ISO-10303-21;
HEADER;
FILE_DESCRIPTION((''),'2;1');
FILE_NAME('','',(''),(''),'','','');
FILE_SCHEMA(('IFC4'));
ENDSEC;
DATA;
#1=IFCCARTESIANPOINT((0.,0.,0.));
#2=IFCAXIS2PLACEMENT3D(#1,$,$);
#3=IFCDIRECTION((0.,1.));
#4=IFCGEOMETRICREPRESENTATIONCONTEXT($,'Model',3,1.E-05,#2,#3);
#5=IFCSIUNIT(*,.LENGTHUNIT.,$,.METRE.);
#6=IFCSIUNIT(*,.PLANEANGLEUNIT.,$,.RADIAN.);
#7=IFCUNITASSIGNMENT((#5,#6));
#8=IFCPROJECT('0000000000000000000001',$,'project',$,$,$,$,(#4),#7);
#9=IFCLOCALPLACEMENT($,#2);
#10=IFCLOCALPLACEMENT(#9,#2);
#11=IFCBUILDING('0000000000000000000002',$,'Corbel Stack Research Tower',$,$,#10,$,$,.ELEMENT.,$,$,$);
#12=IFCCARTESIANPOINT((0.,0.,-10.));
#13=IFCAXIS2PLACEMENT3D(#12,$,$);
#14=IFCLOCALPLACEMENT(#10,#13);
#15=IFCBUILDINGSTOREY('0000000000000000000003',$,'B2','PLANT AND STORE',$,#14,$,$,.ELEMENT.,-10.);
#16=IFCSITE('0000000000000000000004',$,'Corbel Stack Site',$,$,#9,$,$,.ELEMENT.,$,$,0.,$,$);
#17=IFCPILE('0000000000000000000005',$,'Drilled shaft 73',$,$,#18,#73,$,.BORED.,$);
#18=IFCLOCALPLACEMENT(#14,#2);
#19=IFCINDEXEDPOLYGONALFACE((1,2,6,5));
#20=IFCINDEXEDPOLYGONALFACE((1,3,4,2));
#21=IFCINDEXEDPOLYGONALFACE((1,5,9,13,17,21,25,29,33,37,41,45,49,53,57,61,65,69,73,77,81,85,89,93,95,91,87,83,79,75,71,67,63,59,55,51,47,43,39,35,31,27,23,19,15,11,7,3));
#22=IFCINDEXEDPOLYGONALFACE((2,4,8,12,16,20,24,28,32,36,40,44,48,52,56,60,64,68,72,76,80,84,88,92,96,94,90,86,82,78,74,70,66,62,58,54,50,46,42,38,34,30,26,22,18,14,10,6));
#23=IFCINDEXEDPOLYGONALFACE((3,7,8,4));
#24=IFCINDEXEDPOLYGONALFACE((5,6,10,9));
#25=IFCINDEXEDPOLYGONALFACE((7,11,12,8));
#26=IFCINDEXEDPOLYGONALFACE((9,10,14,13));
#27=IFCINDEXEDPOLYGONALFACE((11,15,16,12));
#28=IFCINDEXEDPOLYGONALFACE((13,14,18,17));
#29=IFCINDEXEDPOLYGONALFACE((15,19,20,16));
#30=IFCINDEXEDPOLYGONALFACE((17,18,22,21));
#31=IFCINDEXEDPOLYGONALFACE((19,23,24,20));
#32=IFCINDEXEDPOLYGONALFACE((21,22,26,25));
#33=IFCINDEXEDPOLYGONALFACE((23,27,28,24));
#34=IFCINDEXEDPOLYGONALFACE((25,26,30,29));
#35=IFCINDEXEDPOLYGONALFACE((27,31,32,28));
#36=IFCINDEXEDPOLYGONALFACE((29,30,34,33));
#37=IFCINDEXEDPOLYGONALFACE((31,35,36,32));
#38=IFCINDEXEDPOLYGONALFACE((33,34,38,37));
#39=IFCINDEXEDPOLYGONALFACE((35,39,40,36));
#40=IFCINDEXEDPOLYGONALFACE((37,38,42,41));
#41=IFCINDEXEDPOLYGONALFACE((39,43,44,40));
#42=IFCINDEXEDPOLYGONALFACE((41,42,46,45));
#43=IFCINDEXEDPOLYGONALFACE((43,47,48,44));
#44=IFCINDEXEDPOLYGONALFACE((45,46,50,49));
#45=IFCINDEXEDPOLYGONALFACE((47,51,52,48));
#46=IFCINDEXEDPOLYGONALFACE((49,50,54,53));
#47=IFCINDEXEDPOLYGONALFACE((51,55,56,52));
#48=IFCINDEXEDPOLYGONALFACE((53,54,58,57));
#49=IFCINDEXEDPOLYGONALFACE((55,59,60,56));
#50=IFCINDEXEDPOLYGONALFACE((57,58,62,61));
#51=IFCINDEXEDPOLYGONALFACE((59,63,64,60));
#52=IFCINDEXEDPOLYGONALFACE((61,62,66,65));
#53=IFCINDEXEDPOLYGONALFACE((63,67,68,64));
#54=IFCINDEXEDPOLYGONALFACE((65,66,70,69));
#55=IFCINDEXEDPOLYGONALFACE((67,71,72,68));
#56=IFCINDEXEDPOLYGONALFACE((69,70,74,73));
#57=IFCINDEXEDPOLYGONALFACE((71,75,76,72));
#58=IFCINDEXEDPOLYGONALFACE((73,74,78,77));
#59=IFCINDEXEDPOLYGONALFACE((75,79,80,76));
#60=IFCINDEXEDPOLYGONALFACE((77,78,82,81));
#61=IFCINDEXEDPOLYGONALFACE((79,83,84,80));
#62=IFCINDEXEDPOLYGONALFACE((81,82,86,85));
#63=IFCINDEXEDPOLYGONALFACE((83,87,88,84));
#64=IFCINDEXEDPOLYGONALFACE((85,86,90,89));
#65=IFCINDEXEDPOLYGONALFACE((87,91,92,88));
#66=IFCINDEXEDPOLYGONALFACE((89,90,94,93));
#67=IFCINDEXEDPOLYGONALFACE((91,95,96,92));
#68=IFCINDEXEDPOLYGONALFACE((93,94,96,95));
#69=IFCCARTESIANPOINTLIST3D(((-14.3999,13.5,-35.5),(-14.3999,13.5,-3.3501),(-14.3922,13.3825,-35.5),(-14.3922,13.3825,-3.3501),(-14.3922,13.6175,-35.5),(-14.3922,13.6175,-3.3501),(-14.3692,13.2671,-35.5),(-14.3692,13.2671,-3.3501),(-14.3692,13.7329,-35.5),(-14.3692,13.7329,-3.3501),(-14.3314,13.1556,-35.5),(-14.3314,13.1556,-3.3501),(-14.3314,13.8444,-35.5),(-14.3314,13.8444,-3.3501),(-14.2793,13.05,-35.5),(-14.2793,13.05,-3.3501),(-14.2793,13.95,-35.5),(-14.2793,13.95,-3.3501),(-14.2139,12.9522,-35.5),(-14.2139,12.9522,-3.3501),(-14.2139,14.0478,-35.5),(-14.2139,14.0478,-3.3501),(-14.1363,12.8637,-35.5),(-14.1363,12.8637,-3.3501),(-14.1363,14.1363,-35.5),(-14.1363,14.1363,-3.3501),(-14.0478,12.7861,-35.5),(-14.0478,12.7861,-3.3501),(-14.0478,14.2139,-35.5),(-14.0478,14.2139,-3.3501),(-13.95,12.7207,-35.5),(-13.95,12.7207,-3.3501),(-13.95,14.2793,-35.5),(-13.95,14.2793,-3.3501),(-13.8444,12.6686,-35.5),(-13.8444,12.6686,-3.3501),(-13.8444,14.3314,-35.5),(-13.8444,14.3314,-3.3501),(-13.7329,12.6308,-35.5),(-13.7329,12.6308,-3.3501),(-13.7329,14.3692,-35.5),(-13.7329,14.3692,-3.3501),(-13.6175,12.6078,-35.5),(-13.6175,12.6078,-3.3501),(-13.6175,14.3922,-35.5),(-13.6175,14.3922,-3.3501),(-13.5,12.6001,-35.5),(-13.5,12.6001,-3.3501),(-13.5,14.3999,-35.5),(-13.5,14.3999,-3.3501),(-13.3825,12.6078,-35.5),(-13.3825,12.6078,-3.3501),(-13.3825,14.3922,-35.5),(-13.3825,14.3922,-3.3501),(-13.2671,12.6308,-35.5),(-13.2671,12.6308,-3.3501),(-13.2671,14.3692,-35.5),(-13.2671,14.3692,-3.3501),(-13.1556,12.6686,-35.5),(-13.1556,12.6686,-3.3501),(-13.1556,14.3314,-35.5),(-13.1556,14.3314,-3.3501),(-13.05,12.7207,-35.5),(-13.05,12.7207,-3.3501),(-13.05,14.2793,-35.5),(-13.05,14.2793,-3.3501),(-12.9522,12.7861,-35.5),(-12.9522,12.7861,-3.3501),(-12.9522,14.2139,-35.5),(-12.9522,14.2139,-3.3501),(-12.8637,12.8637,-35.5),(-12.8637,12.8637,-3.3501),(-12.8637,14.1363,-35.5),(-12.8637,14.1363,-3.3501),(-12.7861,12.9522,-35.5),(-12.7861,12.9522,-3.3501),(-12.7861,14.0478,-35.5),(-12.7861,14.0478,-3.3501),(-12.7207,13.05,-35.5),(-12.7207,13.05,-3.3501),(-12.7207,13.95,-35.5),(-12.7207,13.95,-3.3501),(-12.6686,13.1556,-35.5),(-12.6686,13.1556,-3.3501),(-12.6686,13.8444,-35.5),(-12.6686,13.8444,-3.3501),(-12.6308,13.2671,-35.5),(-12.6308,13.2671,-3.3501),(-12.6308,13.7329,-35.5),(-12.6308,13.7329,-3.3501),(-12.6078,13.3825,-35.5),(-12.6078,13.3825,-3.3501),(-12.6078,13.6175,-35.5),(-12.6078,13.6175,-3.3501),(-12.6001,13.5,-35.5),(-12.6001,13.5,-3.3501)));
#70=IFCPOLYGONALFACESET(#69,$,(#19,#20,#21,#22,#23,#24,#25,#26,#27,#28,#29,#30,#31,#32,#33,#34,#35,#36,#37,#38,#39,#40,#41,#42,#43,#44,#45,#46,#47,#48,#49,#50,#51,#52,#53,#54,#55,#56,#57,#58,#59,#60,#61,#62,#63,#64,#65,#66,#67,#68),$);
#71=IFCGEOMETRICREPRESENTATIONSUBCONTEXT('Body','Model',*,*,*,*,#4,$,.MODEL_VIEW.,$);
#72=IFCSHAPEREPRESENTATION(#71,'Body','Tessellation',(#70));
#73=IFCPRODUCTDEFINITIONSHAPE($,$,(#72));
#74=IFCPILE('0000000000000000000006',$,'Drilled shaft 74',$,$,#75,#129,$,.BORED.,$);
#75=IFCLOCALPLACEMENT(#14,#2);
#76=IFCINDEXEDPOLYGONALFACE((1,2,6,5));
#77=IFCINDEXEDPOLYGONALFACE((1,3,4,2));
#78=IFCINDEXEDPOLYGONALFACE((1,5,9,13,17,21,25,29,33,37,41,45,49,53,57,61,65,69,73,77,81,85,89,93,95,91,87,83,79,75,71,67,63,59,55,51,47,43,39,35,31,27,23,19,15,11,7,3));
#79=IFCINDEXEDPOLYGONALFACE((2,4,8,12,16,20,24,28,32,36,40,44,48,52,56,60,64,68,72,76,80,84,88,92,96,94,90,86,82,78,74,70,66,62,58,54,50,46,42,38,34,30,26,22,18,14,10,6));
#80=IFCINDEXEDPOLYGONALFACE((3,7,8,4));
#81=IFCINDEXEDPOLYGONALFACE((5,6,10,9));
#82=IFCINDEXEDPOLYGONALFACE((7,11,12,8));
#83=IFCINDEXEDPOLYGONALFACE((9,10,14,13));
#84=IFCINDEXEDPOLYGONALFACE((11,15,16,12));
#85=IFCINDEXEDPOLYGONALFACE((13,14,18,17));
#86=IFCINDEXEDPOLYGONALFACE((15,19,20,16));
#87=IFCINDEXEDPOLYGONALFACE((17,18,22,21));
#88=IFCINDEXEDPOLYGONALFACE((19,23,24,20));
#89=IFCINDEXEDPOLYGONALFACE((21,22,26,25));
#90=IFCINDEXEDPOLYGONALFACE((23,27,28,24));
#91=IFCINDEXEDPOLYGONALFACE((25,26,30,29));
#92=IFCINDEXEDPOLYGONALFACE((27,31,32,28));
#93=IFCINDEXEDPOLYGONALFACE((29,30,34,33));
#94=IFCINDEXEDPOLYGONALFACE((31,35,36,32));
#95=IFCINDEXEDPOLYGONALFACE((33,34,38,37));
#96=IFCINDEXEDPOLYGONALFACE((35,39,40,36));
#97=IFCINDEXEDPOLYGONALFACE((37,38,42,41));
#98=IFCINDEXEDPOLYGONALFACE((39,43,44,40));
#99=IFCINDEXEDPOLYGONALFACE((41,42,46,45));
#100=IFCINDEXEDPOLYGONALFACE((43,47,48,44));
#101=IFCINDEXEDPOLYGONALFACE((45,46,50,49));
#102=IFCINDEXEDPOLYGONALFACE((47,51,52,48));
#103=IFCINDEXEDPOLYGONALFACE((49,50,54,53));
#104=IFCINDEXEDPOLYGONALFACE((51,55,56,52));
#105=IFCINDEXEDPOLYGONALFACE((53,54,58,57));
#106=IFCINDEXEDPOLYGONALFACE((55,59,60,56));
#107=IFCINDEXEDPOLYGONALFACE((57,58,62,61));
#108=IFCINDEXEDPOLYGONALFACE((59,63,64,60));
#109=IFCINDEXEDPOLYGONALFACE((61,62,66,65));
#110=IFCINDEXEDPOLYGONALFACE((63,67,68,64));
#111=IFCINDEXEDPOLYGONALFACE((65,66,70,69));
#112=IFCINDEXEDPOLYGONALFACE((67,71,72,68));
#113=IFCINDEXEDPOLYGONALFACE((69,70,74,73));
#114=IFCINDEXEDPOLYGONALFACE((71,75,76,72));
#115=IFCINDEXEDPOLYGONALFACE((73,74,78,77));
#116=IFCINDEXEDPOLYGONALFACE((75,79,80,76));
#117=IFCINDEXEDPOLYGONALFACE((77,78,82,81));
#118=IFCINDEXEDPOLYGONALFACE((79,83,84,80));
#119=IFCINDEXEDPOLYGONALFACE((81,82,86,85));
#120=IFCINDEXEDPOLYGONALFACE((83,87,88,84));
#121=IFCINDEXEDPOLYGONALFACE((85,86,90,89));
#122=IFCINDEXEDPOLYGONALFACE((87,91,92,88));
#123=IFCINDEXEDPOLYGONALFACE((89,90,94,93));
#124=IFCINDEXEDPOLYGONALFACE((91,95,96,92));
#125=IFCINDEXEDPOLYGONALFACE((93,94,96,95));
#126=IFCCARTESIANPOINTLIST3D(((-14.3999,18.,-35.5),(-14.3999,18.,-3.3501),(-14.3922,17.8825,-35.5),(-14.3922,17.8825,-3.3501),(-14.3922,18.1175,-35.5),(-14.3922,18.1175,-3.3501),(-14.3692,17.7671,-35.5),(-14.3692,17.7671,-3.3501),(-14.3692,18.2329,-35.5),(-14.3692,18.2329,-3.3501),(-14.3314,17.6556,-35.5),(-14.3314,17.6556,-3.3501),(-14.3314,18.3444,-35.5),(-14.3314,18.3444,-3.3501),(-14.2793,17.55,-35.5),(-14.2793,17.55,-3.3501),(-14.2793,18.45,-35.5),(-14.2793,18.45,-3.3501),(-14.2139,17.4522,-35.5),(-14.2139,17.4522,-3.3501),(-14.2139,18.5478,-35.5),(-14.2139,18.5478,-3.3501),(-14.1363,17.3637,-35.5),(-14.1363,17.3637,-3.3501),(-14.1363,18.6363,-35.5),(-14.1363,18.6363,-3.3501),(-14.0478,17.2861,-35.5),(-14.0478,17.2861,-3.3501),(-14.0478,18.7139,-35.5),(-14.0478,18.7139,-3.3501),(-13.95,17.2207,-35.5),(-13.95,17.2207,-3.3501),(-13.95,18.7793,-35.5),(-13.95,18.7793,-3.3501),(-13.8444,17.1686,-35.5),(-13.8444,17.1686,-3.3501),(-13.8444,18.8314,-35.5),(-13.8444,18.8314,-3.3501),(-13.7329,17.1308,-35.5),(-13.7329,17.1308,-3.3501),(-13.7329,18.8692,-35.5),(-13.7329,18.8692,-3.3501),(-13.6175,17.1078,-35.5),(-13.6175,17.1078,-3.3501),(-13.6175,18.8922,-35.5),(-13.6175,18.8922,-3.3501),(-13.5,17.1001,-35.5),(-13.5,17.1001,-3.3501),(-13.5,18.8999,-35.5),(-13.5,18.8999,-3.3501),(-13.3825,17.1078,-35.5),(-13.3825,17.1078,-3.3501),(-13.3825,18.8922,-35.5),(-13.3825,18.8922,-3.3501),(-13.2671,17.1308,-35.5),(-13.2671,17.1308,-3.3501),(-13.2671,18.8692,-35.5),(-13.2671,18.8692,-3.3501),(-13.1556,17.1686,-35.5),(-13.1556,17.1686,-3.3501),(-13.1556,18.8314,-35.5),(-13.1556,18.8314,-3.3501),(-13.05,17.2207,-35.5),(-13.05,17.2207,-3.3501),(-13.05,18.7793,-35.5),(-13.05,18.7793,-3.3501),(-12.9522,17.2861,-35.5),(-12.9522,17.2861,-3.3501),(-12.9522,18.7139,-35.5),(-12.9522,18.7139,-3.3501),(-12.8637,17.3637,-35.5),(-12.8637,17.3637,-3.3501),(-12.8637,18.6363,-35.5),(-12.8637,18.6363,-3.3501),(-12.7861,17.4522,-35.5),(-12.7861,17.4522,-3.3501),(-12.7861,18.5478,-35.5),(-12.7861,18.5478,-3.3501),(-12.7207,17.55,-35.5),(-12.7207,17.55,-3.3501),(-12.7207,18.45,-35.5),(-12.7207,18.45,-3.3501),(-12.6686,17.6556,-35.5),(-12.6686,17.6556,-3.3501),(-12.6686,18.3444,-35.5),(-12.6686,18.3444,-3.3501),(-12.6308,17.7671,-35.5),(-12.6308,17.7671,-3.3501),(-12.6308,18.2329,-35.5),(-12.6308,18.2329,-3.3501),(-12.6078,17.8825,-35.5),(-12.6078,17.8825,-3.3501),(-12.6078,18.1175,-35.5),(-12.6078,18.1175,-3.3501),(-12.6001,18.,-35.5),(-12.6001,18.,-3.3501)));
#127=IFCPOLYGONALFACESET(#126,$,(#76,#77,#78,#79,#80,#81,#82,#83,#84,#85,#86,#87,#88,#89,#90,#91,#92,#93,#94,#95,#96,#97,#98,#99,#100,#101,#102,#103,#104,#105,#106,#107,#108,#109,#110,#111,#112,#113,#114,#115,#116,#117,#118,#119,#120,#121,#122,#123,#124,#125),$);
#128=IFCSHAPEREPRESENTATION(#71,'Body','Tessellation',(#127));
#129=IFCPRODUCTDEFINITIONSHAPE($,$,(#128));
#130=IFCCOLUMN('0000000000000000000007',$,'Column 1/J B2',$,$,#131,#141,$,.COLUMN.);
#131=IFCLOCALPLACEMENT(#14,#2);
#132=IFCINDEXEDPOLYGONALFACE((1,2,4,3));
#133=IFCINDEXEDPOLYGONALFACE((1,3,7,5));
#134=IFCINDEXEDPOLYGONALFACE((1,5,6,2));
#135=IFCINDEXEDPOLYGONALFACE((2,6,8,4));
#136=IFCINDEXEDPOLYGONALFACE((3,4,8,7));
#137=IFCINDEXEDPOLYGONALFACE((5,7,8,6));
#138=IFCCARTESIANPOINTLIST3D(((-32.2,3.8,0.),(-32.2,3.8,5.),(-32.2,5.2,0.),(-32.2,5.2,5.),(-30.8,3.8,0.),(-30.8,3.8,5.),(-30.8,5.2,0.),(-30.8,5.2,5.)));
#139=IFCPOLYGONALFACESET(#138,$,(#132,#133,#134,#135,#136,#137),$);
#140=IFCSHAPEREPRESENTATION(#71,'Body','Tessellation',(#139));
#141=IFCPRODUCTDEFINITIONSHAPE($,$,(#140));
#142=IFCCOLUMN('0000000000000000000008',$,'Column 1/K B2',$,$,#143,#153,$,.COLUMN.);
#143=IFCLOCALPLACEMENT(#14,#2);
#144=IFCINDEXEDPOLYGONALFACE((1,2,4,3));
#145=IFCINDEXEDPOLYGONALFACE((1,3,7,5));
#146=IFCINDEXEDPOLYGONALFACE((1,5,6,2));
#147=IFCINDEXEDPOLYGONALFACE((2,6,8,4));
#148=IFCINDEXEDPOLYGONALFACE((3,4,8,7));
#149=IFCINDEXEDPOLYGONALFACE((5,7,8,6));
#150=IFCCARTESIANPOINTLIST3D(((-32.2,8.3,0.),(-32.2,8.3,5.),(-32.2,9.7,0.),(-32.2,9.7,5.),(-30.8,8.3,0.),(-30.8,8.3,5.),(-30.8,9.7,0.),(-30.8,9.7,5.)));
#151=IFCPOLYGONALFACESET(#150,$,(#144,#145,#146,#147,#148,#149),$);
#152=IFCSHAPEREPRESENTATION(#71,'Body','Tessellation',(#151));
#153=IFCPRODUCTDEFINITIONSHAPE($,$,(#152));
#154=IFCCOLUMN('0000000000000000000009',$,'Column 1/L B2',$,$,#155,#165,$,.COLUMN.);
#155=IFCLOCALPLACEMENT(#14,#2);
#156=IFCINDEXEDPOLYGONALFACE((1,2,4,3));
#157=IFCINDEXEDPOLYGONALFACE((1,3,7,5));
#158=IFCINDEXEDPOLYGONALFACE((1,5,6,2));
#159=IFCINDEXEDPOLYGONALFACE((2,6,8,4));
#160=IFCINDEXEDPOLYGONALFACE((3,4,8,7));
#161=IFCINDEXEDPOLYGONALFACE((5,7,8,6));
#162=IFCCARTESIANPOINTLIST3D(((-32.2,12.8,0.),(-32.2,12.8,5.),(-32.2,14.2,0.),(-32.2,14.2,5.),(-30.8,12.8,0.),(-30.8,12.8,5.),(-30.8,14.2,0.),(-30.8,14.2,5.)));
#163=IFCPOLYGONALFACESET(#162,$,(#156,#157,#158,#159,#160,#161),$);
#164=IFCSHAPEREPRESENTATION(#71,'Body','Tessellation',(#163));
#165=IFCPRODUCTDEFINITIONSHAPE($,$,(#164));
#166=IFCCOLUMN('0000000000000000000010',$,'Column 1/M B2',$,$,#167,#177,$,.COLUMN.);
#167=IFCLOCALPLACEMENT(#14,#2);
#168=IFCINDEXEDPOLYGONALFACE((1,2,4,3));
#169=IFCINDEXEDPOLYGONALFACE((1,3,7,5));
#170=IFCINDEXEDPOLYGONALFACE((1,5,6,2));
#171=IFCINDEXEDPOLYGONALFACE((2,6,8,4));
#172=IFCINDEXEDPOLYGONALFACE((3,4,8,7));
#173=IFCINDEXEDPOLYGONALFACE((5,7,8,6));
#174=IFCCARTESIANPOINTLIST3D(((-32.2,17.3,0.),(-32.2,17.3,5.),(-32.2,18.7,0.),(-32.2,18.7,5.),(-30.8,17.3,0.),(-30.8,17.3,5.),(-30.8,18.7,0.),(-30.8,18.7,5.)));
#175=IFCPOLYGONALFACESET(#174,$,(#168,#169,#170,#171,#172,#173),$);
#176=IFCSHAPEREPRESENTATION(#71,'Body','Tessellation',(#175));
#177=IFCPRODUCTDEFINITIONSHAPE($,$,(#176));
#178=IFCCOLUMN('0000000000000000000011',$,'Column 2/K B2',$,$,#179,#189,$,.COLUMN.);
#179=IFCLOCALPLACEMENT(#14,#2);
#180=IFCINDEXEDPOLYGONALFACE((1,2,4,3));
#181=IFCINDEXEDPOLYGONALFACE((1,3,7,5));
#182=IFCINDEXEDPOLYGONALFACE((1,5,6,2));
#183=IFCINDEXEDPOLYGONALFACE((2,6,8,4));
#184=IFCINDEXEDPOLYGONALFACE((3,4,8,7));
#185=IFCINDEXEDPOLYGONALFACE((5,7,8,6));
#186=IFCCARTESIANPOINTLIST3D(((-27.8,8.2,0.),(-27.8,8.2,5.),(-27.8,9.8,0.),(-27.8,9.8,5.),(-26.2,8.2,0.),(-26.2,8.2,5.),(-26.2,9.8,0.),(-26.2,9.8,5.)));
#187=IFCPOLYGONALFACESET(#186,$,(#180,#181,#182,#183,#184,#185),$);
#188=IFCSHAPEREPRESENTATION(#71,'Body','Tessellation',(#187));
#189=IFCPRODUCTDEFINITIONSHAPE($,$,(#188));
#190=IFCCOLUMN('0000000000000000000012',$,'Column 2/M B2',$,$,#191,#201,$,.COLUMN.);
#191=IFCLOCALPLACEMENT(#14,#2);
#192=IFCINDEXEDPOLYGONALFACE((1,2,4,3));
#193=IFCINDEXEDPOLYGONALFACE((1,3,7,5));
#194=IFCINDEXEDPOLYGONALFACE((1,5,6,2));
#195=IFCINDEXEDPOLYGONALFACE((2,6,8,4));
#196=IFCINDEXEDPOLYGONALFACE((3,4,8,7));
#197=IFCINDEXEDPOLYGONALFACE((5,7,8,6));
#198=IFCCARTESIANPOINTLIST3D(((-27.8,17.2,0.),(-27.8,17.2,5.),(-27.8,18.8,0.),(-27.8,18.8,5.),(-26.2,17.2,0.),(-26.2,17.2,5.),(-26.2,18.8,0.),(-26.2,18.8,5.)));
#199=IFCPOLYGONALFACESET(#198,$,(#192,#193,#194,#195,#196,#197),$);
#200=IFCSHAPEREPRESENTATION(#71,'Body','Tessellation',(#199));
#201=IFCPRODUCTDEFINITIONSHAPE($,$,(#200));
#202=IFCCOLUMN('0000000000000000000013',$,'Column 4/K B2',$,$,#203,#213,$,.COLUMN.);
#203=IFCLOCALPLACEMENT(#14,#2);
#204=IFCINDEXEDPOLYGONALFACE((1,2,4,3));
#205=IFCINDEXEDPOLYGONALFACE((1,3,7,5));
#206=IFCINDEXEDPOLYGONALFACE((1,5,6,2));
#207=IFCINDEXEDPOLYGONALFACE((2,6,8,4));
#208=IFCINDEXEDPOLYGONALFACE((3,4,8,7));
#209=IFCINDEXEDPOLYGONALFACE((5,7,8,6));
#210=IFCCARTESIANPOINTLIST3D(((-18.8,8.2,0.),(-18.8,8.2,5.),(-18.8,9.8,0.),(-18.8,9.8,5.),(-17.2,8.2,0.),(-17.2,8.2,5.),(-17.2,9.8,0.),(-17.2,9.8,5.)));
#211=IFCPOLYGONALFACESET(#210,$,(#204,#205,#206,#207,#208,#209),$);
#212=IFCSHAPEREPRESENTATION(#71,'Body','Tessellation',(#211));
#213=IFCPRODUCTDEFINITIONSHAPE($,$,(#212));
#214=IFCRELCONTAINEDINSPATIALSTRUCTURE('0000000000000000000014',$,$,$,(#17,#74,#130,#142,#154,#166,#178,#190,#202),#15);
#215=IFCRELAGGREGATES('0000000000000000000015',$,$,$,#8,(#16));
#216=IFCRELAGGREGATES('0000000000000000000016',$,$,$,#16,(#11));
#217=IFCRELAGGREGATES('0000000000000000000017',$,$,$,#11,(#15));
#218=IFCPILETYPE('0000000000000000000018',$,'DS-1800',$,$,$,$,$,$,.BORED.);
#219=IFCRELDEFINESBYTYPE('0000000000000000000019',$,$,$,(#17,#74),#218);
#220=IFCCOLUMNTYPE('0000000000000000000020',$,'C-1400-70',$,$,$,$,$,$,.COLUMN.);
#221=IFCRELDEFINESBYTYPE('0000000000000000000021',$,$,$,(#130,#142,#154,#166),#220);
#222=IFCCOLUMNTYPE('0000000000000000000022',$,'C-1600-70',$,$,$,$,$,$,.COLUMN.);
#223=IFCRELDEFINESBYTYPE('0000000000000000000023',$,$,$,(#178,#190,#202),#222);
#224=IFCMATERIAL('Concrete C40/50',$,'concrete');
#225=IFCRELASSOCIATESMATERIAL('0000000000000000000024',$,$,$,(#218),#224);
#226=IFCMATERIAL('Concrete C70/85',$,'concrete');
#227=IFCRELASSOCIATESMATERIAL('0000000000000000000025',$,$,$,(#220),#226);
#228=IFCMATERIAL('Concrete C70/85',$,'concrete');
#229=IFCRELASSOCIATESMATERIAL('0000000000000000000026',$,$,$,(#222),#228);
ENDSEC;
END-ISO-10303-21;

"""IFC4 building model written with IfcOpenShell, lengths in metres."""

from ifc_helpers import new_model, si_unit, direction, frame, origin, origin_2d, place, context, subcontext, project, spatial, rectangle, circle, extrude, material, material_profile, profile_set, type_object, element, save


model = new_model("IFC4")

# Units and contexts
model_context = context("Model", 3, precision=1e-05, world=origin(), true_north=direction((0.0, 1.0)))
body_context = subcontext(model_context, "Body", "Model", "MODEL_VIEW")
ifc_project = project(units=[si_unit("LENGTHUNIT", "METRE"), si_unit("PLANEANGLEUNIT", "RADIAN")], contexts=[model_context])

# Site, building, storey
site_placement = place(None, origin())
site = spatial("IfcSite", under=ifc_project, at=site_placement, Name="Corbel Stack Site", CompositionType="ELEMENT", RefElevation=0.0)
building_placement = place(site_placement, origin())
building = spatial("IfcBuilding", under=site, at=building_placement, Name="Corbel Stack Research Tower", CompositionType="ELEMENT")
storey_placement = place(building_placement, frame((0.0, 0.0, -10.0)))
storey = spatial("IfcBuildingStorey", under=building, at=storey_placement, Name="B2", Description="PLANT AND STORE", CompositionType="ELEMENT", Elevation=-10.0)

# Piles
ifc_material_1 = material(Name="Concrete C40/50", Category="concrete")
ifc_material_profile_1 = material_profile(ifc_material_1, circle(Radius=0.8999, at=origin_2d()), Name="Shaft 1800")
ifc_profile_set_1 = profile_set([ifc_material_profile_1], Name="Concrete C40/50")
pile_type = type_object("IfcPileType", Name="DS-1800", PredefinedType="BORED", material=ifc_profile_set_1)
for number, where, z_axis, x_axis, name in (
    (1, (-13.5, 13.5, -3.3501), (0.0, 0.0, -1.0), (1.0, 0.0, 0.0), "Drilled shaft 73"),
    (2, (-13.5, 18.0, -3.3501), (0.0, 0.0, -1.0), (1.0, 0.0, 0.0), "Drilled shaft 74"),
):
    element("IfcPile", number, at=place(storey_placement, frame(where, z_axis=z_axis, x_axis=x_axis)), inside=storey, type_object=pile_type, Name=name, PredefinedType="BORED", context=body_context, shape_type="SweptSolid", body=[
        extrude(circle(Radius=0.8999, at=origin_2d()), origin(), (0.0, 0.0, 1.0), 32.1499),
    ])

# Columns
ifc_material_2 = material(Name="Concrete C70/85", Category="concrete")
ifc_material_profile_2 = material_profile(ifc_material_2, rectangle(XDim=1.3999, YDim=1.3999, at=origin_2d()), Name="RC 1400 x 1400")
ifc_profile_set_2 = profile_set([ifc_material_profile_2], Name="Concrete C70/85")
column_type_1 = type_object("IfcColumnType", Name="C-1400-70", PredefinedType="COLUMN", material=ifc_profile_set_2)
for number, where, z_axis, x_axis, name in (
    (3, (-31.5, 4.5, 0.0), (0.0, 0.0, 1.0), (1.0, 0.0, 0.0), "Column 1/J B2"),
    (4, (-31.5, 9.0, 0.0), (0.0, 0.0, 1.0), (1.0, 0.0, 0.0), "Column 1/K B2"),
    (5, (-31.5, 13.5, 0.0), (0.0, 0.0, 1.0), (1.0, 0.0, 0.0), "Column 1/L B2"),
    (6, (-31.5, 18.0, 0.0), (0.0, 0.0, 1.0), (1.0, 0.0, 0.0), "Column 1/M B2"),
):
    element("IfcColumn", number, at=place(storey_placement, frame(where, z_axis=z_axis, x_axis=x_axis)), inside=storey, type_object=column_type_1, Name=name, PredefinedType="COLUMN", context=body_context, shape_type="SweptSolid", body=[
        extrude(rectangle(XDim=1.3999, YDim=1.3999, at=origin_2d()), origin(), (0.0, 0.0, 1.0), 5.0),
    ])
ifc_material_3 = material(Name="Concrete C70/85", Category="concrete")
ifc_material_profile_3 = material_profile(ifc_material_3, rectangle(XDim=1.6001, YDim=1.6001, at=origin_2d()), Name="RC 1600 x 1600")
ifc_profile_set_3 = profile_set([ifc_material_profile_3], Name="Concrete C70/85")
column_type_2 = type_object("IfcColumnType", Name="C-1600-70", PredefinedType="COLUMN", material=ifc_profile_set_3)
for number, where, z_axis, x_axis, name in (
    (7, (-27.0, 9.0, 0.0), (0.0, 0.0, 1.0), (1.0, 0.0, 0.0), "Column 2/K B2"),
    (8, (-27.0, 18.0, 0.0), (0.0, 0.0, 1.0), (1.0, 0.0, 0.0), "Column 2/M B2"),
    (9, (-18.0, 9.0, 0.0), (0.0, 0.0, 1.0), (1.0, 0.0, 0.0), "Column 4/K B2"),
):
    element("IfcColumn", number, at=place(storey_placement, frame(where, z_axis=z_axis, x_axis=x_axis)), inside=storey, type_object=column_type_2, Name=name, PredefinedType="COLUMN", context=body_context, shape_type="SweptSolid", body=[
        extrude(rectangle(XDim=1.6001, YDim=1.6001, at=origin_2d()), origin(), (0.0, 0.0, 1.0), 5.0),
    ])

save(model, "model.ifc")
